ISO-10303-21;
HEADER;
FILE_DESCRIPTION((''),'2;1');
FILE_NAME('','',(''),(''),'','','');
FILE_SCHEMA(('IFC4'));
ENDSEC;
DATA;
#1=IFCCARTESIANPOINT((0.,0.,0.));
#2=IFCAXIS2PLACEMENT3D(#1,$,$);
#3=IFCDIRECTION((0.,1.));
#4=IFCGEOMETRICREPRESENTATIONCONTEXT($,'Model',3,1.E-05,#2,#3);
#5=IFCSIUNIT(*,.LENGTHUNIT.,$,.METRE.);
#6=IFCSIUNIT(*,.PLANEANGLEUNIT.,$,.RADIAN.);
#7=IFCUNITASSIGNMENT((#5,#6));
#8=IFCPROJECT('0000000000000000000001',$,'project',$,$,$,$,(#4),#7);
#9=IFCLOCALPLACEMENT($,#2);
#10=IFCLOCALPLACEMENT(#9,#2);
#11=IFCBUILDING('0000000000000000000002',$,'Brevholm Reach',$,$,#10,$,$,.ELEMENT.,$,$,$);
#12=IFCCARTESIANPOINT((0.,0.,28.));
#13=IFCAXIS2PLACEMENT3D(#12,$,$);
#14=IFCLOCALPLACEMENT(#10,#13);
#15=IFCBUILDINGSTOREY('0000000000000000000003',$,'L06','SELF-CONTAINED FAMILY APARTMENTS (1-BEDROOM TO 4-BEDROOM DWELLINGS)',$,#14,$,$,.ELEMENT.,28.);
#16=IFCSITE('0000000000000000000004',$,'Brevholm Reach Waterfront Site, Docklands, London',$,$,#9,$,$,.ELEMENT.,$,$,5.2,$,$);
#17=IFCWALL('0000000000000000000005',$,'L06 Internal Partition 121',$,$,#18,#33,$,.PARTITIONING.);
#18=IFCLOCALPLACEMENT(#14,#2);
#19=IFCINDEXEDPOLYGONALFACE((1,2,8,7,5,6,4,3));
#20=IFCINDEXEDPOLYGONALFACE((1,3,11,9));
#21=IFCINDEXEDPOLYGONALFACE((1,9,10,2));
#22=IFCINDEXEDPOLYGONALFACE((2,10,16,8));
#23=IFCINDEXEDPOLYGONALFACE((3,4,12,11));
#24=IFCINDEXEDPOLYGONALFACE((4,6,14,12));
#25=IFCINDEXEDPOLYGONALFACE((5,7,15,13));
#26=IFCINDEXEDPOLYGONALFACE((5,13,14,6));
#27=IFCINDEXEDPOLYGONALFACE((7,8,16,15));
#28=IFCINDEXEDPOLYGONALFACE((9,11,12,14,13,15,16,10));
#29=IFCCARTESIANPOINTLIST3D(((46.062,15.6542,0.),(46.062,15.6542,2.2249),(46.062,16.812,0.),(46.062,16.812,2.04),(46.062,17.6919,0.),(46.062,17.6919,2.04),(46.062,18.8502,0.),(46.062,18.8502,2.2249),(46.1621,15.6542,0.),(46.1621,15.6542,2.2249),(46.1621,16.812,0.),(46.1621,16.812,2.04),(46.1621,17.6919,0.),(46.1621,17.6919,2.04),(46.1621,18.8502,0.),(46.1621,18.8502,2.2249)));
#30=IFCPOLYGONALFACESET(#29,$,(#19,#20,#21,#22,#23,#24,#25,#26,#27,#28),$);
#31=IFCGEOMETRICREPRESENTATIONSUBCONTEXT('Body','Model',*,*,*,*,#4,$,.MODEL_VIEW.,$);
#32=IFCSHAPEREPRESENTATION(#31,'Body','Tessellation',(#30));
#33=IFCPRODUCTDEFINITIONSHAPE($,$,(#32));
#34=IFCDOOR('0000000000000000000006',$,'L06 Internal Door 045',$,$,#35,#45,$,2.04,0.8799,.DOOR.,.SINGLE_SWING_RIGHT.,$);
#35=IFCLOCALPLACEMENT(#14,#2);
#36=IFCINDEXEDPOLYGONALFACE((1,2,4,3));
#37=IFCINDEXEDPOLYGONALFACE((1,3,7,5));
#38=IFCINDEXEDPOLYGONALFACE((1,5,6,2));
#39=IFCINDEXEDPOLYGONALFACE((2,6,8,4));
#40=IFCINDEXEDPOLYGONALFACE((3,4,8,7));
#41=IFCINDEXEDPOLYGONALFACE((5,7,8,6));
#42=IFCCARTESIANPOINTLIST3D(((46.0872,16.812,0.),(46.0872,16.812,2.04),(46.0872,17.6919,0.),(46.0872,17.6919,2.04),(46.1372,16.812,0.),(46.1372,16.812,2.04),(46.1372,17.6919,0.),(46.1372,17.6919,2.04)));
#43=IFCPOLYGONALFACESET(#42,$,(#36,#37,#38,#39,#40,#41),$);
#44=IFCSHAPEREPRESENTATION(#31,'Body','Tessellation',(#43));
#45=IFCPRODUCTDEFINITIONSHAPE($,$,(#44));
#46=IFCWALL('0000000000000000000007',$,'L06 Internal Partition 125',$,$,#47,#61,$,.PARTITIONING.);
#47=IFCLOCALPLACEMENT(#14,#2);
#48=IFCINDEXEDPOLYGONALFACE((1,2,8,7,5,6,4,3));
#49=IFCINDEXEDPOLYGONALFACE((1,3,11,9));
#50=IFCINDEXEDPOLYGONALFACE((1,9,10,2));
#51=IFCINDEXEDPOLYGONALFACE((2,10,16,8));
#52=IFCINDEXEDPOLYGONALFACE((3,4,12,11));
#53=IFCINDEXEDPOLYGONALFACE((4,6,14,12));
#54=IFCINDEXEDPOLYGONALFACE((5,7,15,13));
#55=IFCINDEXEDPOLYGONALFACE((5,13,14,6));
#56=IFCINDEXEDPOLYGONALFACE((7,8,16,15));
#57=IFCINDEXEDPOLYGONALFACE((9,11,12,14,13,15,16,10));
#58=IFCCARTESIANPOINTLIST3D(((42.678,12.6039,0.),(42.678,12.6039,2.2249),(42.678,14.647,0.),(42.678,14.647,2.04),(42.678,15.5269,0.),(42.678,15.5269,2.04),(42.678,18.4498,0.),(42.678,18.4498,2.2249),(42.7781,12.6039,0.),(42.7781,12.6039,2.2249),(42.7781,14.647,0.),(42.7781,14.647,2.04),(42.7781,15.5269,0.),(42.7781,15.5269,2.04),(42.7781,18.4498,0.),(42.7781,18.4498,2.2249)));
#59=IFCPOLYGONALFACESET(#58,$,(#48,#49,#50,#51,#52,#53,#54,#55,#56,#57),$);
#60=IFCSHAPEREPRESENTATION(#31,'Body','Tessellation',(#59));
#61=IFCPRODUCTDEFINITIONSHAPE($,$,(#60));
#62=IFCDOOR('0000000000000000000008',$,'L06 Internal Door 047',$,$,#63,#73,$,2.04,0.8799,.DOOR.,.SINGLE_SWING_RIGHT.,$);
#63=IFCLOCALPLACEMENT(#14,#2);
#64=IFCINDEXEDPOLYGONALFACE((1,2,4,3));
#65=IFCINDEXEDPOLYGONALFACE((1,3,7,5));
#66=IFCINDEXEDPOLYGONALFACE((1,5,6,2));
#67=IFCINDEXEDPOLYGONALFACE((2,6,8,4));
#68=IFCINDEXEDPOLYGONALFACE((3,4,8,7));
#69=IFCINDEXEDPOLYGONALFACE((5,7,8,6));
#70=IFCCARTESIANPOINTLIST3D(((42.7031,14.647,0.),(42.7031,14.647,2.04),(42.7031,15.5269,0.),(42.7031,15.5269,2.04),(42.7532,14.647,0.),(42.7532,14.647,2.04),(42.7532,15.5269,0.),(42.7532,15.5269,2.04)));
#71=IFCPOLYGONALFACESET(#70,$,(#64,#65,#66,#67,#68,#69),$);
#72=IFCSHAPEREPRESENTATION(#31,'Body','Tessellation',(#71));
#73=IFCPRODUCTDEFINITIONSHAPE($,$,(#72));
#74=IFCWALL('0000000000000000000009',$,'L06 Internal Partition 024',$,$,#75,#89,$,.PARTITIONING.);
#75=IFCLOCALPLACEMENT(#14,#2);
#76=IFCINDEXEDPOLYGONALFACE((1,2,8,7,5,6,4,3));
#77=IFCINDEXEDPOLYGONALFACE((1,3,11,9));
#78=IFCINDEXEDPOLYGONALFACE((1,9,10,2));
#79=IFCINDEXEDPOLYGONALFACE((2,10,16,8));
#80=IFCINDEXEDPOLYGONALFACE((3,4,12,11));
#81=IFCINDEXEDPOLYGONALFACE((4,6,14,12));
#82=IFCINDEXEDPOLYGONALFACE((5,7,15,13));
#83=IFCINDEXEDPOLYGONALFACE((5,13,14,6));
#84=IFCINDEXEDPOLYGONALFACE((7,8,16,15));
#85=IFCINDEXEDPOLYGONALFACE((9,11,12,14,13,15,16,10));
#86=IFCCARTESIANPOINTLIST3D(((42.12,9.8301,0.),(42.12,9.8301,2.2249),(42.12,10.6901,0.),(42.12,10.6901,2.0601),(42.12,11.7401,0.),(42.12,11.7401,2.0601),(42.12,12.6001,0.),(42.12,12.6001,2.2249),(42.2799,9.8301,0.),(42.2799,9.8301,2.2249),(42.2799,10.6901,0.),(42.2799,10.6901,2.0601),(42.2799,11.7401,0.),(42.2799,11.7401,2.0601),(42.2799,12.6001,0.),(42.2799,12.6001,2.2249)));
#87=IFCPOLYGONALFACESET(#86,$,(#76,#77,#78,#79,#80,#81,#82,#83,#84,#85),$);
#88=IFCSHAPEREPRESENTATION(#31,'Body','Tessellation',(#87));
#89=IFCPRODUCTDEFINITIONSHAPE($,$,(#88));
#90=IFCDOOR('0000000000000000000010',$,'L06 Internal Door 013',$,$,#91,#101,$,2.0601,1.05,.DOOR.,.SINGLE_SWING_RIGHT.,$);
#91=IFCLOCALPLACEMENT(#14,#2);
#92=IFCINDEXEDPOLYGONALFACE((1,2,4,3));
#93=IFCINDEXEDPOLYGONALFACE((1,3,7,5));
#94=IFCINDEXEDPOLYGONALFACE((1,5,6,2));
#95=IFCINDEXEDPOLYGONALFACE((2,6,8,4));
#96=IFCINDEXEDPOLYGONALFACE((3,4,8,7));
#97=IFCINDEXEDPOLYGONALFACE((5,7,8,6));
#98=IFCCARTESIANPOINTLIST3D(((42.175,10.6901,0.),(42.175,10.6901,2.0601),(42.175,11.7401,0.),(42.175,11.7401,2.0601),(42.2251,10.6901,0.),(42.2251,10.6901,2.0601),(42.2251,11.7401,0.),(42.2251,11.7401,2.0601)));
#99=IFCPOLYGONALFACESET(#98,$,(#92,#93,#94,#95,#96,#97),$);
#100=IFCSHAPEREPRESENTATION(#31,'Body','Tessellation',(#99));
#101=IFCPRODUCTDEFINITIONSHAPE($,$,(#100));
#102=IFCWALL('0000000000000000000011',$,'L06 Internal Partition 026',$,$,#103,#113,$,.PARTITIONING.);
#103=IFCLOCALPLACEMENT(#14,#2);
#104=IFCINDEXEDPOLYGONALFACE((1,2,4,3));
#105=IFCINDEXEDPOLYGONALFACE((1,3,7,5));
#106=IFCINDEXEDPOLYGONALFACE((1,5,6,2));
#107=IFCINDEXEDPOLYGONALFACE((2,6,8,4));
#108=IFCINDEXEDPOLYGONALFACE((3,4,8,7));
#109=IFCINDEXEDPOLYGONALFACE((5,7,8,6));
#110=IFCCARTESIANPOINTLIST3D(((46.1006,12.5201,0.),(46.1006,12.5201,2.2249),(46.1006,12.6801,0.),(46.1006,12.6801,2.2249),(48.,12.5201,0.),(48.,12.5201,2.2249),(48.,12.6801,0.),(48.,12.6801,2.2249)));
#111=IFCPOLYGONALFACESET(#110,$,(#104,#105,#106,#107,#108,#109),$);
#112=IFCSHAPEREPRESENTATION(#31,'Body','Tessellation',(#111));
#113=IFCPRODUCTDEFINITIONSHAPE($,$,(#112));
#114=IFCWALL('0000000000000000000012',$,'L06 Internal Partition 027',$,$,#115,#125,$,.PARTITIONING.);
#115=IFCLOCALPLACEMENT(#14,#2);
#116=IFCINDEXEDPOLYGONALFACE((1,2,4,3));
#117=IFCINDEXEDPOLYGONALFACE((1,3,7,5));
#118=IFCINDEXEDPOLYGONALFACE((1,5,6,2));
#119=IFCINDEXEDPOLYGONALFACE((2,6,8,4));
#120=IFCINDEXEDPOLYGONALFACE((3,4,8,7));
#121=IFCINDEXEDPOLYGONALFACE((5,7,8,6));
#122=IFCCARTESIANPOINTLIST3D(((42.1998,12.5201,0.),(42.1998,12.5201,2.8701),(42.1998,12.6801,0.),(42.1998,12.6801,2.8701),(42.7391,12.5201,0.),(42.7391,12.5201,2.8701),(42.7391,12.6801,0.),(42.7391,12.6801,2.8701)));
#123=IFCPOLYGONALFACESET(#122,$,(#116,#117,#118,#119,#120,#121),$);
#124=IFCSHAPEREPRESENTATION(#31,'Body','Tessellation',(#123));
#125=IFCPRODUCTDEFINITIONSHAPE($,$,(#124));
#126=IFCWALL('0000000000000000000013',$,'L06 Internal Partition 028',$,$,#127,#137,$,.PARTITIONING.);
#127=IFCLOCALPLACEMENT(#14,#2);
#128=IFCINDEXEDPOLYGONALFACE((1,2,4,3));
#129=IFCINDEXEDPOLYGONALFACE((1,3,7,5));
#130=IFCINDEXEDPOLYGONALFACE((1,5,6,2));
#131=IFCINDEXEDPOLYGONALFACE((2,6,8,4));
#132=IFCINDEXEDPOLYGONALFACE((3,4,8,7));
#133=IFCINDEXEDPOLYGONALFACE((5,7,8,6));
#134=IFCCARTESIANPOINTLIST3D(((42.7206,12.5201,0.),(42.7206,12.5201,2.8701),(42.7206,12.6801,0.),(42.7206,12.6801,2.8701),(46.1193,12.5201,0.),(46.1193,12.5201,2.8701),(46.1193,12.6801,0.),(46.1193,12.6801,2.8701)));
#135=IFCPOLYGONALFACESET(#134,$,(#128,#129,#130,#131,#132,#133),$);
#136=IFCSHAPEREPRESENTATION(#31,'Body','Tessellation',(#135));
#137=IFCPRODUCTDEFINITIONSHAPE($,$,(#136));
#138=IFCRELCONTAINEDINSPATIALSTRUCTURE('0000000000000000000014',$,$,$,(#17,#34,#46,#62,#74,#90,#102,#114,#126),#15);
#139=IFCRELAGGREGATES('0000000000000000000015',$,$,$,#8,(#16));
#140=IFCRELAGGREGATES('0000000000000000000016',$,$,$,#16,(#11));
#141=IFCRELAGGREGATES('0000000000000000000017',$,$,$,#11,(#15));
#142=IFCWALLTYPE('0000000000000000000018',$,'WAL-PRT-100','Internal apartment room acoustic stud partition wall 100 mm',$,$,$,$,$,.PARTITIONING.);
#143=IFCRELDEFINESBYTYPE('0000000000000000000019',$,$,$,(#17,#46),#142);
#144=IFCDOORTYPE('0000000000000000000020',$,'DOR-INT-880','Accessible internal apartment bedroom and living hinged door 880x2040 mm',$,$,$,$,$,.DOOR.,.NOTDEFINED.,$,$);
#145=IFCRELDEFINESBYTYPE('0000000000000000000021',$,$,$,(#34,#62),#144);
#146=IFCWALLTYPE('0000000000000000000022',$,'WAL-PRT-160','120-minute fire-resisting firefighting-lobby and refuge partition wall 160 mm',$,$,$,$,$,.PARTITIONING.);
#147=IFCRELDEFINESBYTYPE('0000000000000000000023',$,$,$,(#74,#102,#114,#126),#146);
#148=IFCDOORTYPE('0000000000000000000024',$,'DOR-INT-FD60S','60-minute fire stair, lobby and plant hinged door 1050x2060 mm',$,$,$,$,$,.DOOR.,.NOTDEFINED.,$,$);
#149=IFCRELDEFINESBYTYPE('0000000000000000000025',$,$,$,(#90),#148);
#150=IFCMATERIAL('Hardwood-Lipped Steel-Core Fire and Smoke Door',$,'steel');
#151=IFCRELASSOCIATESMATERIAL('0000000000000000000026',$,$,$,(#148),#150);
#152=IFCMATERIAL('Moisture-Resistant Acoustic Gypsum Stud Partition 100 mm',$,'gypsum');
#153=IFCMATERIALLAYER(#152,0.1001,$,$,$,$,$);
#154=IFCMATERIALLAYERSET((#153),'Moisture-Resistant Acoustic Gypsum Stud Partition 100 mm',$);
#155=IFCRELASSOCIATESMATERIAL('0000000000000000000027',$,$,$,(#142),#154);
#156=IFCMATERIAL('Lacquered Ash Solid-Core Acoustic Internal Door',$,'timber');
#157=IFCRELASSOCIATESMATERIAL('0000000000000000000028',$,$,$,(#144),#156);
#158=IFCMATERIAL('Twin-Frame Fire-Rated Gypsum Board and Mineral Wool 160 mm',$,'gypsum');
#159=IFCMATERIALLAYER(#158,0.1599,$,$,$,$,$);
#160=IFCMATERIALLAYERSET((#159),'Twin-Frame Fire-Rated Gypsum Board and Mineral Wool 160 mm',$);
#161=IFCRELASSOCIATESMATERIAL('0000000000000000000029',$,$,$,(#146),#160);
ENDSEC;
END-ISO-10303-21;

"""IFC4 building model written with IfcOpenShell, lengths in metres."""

from ifc_helpers import new_model, si_unit, direction, frame, frame_2d, origin, place, context, subcontext, project, spatial, rectangle, extrude, material, layer, layer_set, type_object, element, fill, save


model = new_model("IFC4")

# Units and contexts
model_context = context("Model", 3, precision=1e-05, world=origin(), true_north=direction((0.0, 1.0)))
body_context = subcontext(model_context, "Body", "Model", "MODEL_VIEW")
ifc_project = project(units=[si_unit("LENGTHUNIT", "METRE"), si_unit("PLANEANGLEUNIT", "RADIAN")], contexts=[model_context])

# Site, building, storey
site_placement = place(None, origin())
site = spatial("IfcSite", under=ifc_project, at=site_placement, Name="Brevholm Reach Waterfront Site, Docklands, London", CompositionType="ELEMENT", RefElevation=5.2)
building_placement = place(site_placement, origin())
building = spatial("IfcBuilding", under=site, at=building_placement, Name="Brevholm Reach", CompositionType="ELEMENT")
storey_placement = place(building_placement, frame((0.0, 0.0, 28.0)))
storey = spatial("IfcBuildingStorey", under=building, at=storey_placement, Name="L06", Description="SELF-CONTAINED FAMILY APARTMENTS (1-BEDROOM TO 4-BEDROOM DWELLINGS)", CompositionType="ELEMENT", Elevation=28.0)

# Shared definitions
ifc_material_1 = material(Name="Hardwood-Lipped Steel-Core Fire and Smoke Door", Category="steel")
door_type_1 = type_object("IfcDoorType", Name="DOR-INT-FD60S", Description="60-minute fire stair, lobby and plant hinged door 1050x2060 mm", OperationType="NOTDEFINED", PredefinedType="DOOR", material=ifc_material_1)

# Shared definitions
ifc_material_2 = material(Name="Moisture-Resistant Acoustic Gypsum Stud Partition 100 mm", Category="gypsum")
ifc_layer_1 = layer(ifc_material_2, 0.1001)
ifc_layer_set_1 = layer_set([ifc_layer_1], Name="Moisture-Resistant Acoustic Gypsum Stud Partition 100 mm")
wall_type_1 = type_object("IfcWallType", Name="WAL-PRT-100", Description="Internal apartment room acoustic stud partition wall 100 mm", PredefinedType="PARTITIONING", material=ifc_layer_set_1)

# Walls, openings, doors
wall_1_placement = place(storey_placement, frame((46.1121, 15.6541, 0.0), z_axis=(0.0, 0.0, 1.0), x_axis=(0.0, 1.0, 0.0)))
wall_1 = element("IfcWall", 1, at=wall_1_placement, inside=storey, type_object=wall_type_1, Name="L06 Internal Partition 121", PredefinedType="PARTITIONING", context=body_context, shape_type="SweptSolid", body=[
    extrude(rectangle(XDim=3.196, YDim=0.1001, at=frame_2d((1.5981, 0.0))), origin(), (0.0, 0.0, 1.0), 2.2249),
])
opening_1_placement = place(wall_1_placement, frame((1.158, 0.0, 0.0)))
opening_1 = element("IfcOpeningElement", 2, at=opening_1_placement, cuts=wall_1, PredefinedType="OPENING", context=body_context, shape_type="SweptSolid", body=[
    extrude(rectangle(XDim=0.8799, YDim=2.04, at=frame_2d((0.4399, 1.02))), frame((0.0, 0.0601, 0.0), z_axis=(0.0, -1.0, 0.0), x_axis=(1.0, 0.0, 0.0)), (0.0, 0.0, 1.0), 0.1201),
])
ifc_material_3 = material(Name="Lacquered Ash Solid-Core Acoustic Internal Door", Category="timber")
door_type_2 = type_object("IfcDoorType", Name="DOR-INT-880", Description="Accessible internal apartment bedroom and living hinged door 880x2040 mm", OperationType="NOTDEFINED", PredefinedType="DOOR", material=ifc_material_3)
door_1_placement = place(opening_1_placement, origin())
door_1 = element("IfcDoor", 3, at=door_1_placement, inside=storey, type_object=door_type_2, Name="L06 Internal Door 045", OperationType="SINGLE_SWING_RIGHT", OverallHeight=2.04, OverallWidth=0.8799, PredefinedType="DOOR", context=body_context, shape_type="SweptSolid", body=[
    extrude(rectangle(XDim=0.8799, YDim=2.04, at=frame_2d((0.4399, 1.02))), frame((0.0, 0.0249, 0.0), z_axis=(0.0, -1.0, 0.0), x_axis=(1.0, 0.0, 0.0)), (0.0, 0.0, 1.0), 0.05),
])
fill(opening_1, door_1)
wall_2_placement = place(storey_placement, frame((42.728, 12.604, 0.0), z_axis=(0.0, 0.0, 1.0), x_axis=(0.0, 1.0, 0.0)))
wall_2 = element("IfcWall", 4, at=wall_2_placement, inside=storey, type_object=wall_type_1, Name="L06 Internal Partition 125", PredefinedType="PARTITIONING", context=body_context, shape_type="SweptSolid", body=[
    extrude(rectangle(XDim=5.8459, YDim=0.1001, at=frame_2d((2.9229, 0.0))), origin(), (0.0, 0.0, 1.0), 2.2249),
])
opening_2_placement = place(wall_2_placement, frame((2.043, 0.0, 0.0)))
opening_2 = element("IfcOpeningElement", 5, at=opening_2_placement, cuts=wall_2, PredefinedType="OPENING", context=body_context, shape_type="SweptSolid", body=[
    extrude(rectangle(XDim=0.8799, YDim=2.04, at=frame_2d((0.4399, 1.02))), frame((0.0, 0.0601, 0.0), z_axis=(0.0, -1.0, 0.0), x_axis=(1.0, 0.0, 0.0)), (0.0, 0.0, 1.0), 0.1201),
])
door_2_placement = place(opening_2_placement, origin())
door_2 = element("IfcDoor", 6, at=door_2_placement, inside=storey, type_object=door_type_2, Name="L06 Internal Door 047", OperationType="SINGLE_SWING_RIGHT", OverallHeight=2.04, OverallWidth=0.8799, PredefinedType="DOOR", context=body_context, shape_type="SweptSolid", body=[
    extrude(rectangle(XDim=0.8799, YDim=2.04, at=frame_2d((0.4399, 1.02))), frame((0.0, 0.0249, 0.0), z_axis=(0.0, -1.0, 0.0), x_axis=(1.0, 0.0, 0.0)), (0.0, 0.0, 1.0), 0.05),
])
fill(opening_2, door_2)
ifc_material_4 = material(Name="Twin-Frame Fire-Rated Gypsum Board and Mineral Wool 160 mm", Category="gypsum")
ifc_layer_2 = layer(ifc_material_4, 0.1599)
ifc_layer_set_2 = layer_set([ifc_layer_2], Name="Twin-Frame Fire-Rated Gypsum Board and Mineral Wool 160 mm")
wall_type_2 = type_object("IfcWallType", Name="WAL-PRT-160", Description="120-minute fire-resisting firefighting-lobby and refuge partition wall 160 mm", PredefinedType="PARTITIONING", material=ifc_layer_set_2)
wall_3_placement = place(storey_placement, frame((42.2, 9.8301, 0.0), z_axis=(0.0, 0.0, 1.0), x_axis=(0.0, 1.0, 0.0)))
wall_3 = element("IfcWall", 7, at=wall_3_placement, inside=storey, type_object=wall_type_2, Name="L06 Internal Partition 024", PredefinedType="PARTITIONING", context=body_context, shape_type="SweptSolid", body=[
    extrude(rectangle(XDim=2.77, YDim=0.1599, at=frame_2d((1.385, 0.0))), origin(), (0.0, 0.0, 1.0), 2.2249),
])
opening_3_placement = place(wall_3_placement, frame((0.8601, 0.0, 0.0)))
opening_3 = element("IfcOpeningElement", 8, at=opening_3_placement, cuts=wall_3, PredefinedType="OPENING", context=body_context, shape_type="SweptSolid", body=[
    extrude(rectangle(XDim=1.05, YDim=2.0601, at=frame_2d((0.5249, 1.03))), frame((0.0, 0.0898, 0.0), z_axis=(0.0, -1.0, 0.0), x_axis=(1.0, 0.0, 0.0)), (0.0, 0.0, 1.0), 0.1799),
])
door_3_placement = place(opening_3_placement, origin())
door_3 = element("IfcDoor", 9, at=door_3_placement, inside=storey, type_object=door_type_1, Name="L06 Internal Door 013", OperationType="SINGLE_SWING_RIGHT", OverallHeight=2.0601, OverallWidth=1.05, PredefinedType="DOOR", context=body_context, shape_type="SweptSolid", body=[
    extrude(rectangle(XDim=1.05, YDim=2.0601, at=frame_2d((0.5249, 1.03))), frame((0.0, 0.0249, 0.0), z_axis=(0.0, -1.0, 0.0), x_axis=(1.0, 0.0, 0.0)), (0.0, 0.0, 1.0), 0.05),
])
fill(opening_3, door_3)

# Walls
wall_4_placement = place(storey_placement, frame((46.1006, 12.6001, 0.0), z_axis=(0.0, 0.0, 1.0), x_axis=(1.0, 0.0, 0.0)))
element("IfcWall", 10, at=wall_4_placement, inside=storey, type_object=wall_type_2, Name="L06 Internal Partition 026", PredefinedType="PARTITIONING", context=body_context, shape_type="SweptSolid", body=[
    extrude(rectangle(XDim=1.8994, YDim=0.1599, at=frame_2d((0.9497, 0.0))), origin(), (0.0, 0.0, 1.0), 2.2249),
])
wall_5_placement = place(storey_placement, frame((42.2, 12.6001, 0.0), z_axis=(0.0, 0.0, 1.0), x_axis=(1.0, 0.0, 0.0)))
element("IfcWall", 11, at=wall_5_placement, inside=storey, type_object=wall_type_2, Name="L06 Internal Partition 027", PredefinedType="PARTITIONING", context=body_context, shape_type="SweptSolid", body=[
    extrude(rectangle(XDim=0.5393, YDim=0.1599, at=frame_2d((0.2695, 0.0))), origin(), (0.0, 0.0, 1.0), 2.8701),
])
wall_6_placement = place(storey_placement, frame((42.7207, 12.6001, 0.0), z_axis=(0.0, 0.0, 1.0), x_axis=(1.0, 0.0, 0.0)))
element("IfcWall", 12, at=wall_6_placement, inside=storey, type_object=wall_type_2, Name="L06 Internal Partition 028", PredefinedType="PARTITIONING", context=body_context, shape_type="SweptSolid", body=[
    extrude(rectangle(XDim=3.3987, YDim=0.1599, at=frame_2d((1.6992, 0.0))), origin(), (0.0, 0.0, 1.0), 2.8701),
])

save(model, "model.ifc")
